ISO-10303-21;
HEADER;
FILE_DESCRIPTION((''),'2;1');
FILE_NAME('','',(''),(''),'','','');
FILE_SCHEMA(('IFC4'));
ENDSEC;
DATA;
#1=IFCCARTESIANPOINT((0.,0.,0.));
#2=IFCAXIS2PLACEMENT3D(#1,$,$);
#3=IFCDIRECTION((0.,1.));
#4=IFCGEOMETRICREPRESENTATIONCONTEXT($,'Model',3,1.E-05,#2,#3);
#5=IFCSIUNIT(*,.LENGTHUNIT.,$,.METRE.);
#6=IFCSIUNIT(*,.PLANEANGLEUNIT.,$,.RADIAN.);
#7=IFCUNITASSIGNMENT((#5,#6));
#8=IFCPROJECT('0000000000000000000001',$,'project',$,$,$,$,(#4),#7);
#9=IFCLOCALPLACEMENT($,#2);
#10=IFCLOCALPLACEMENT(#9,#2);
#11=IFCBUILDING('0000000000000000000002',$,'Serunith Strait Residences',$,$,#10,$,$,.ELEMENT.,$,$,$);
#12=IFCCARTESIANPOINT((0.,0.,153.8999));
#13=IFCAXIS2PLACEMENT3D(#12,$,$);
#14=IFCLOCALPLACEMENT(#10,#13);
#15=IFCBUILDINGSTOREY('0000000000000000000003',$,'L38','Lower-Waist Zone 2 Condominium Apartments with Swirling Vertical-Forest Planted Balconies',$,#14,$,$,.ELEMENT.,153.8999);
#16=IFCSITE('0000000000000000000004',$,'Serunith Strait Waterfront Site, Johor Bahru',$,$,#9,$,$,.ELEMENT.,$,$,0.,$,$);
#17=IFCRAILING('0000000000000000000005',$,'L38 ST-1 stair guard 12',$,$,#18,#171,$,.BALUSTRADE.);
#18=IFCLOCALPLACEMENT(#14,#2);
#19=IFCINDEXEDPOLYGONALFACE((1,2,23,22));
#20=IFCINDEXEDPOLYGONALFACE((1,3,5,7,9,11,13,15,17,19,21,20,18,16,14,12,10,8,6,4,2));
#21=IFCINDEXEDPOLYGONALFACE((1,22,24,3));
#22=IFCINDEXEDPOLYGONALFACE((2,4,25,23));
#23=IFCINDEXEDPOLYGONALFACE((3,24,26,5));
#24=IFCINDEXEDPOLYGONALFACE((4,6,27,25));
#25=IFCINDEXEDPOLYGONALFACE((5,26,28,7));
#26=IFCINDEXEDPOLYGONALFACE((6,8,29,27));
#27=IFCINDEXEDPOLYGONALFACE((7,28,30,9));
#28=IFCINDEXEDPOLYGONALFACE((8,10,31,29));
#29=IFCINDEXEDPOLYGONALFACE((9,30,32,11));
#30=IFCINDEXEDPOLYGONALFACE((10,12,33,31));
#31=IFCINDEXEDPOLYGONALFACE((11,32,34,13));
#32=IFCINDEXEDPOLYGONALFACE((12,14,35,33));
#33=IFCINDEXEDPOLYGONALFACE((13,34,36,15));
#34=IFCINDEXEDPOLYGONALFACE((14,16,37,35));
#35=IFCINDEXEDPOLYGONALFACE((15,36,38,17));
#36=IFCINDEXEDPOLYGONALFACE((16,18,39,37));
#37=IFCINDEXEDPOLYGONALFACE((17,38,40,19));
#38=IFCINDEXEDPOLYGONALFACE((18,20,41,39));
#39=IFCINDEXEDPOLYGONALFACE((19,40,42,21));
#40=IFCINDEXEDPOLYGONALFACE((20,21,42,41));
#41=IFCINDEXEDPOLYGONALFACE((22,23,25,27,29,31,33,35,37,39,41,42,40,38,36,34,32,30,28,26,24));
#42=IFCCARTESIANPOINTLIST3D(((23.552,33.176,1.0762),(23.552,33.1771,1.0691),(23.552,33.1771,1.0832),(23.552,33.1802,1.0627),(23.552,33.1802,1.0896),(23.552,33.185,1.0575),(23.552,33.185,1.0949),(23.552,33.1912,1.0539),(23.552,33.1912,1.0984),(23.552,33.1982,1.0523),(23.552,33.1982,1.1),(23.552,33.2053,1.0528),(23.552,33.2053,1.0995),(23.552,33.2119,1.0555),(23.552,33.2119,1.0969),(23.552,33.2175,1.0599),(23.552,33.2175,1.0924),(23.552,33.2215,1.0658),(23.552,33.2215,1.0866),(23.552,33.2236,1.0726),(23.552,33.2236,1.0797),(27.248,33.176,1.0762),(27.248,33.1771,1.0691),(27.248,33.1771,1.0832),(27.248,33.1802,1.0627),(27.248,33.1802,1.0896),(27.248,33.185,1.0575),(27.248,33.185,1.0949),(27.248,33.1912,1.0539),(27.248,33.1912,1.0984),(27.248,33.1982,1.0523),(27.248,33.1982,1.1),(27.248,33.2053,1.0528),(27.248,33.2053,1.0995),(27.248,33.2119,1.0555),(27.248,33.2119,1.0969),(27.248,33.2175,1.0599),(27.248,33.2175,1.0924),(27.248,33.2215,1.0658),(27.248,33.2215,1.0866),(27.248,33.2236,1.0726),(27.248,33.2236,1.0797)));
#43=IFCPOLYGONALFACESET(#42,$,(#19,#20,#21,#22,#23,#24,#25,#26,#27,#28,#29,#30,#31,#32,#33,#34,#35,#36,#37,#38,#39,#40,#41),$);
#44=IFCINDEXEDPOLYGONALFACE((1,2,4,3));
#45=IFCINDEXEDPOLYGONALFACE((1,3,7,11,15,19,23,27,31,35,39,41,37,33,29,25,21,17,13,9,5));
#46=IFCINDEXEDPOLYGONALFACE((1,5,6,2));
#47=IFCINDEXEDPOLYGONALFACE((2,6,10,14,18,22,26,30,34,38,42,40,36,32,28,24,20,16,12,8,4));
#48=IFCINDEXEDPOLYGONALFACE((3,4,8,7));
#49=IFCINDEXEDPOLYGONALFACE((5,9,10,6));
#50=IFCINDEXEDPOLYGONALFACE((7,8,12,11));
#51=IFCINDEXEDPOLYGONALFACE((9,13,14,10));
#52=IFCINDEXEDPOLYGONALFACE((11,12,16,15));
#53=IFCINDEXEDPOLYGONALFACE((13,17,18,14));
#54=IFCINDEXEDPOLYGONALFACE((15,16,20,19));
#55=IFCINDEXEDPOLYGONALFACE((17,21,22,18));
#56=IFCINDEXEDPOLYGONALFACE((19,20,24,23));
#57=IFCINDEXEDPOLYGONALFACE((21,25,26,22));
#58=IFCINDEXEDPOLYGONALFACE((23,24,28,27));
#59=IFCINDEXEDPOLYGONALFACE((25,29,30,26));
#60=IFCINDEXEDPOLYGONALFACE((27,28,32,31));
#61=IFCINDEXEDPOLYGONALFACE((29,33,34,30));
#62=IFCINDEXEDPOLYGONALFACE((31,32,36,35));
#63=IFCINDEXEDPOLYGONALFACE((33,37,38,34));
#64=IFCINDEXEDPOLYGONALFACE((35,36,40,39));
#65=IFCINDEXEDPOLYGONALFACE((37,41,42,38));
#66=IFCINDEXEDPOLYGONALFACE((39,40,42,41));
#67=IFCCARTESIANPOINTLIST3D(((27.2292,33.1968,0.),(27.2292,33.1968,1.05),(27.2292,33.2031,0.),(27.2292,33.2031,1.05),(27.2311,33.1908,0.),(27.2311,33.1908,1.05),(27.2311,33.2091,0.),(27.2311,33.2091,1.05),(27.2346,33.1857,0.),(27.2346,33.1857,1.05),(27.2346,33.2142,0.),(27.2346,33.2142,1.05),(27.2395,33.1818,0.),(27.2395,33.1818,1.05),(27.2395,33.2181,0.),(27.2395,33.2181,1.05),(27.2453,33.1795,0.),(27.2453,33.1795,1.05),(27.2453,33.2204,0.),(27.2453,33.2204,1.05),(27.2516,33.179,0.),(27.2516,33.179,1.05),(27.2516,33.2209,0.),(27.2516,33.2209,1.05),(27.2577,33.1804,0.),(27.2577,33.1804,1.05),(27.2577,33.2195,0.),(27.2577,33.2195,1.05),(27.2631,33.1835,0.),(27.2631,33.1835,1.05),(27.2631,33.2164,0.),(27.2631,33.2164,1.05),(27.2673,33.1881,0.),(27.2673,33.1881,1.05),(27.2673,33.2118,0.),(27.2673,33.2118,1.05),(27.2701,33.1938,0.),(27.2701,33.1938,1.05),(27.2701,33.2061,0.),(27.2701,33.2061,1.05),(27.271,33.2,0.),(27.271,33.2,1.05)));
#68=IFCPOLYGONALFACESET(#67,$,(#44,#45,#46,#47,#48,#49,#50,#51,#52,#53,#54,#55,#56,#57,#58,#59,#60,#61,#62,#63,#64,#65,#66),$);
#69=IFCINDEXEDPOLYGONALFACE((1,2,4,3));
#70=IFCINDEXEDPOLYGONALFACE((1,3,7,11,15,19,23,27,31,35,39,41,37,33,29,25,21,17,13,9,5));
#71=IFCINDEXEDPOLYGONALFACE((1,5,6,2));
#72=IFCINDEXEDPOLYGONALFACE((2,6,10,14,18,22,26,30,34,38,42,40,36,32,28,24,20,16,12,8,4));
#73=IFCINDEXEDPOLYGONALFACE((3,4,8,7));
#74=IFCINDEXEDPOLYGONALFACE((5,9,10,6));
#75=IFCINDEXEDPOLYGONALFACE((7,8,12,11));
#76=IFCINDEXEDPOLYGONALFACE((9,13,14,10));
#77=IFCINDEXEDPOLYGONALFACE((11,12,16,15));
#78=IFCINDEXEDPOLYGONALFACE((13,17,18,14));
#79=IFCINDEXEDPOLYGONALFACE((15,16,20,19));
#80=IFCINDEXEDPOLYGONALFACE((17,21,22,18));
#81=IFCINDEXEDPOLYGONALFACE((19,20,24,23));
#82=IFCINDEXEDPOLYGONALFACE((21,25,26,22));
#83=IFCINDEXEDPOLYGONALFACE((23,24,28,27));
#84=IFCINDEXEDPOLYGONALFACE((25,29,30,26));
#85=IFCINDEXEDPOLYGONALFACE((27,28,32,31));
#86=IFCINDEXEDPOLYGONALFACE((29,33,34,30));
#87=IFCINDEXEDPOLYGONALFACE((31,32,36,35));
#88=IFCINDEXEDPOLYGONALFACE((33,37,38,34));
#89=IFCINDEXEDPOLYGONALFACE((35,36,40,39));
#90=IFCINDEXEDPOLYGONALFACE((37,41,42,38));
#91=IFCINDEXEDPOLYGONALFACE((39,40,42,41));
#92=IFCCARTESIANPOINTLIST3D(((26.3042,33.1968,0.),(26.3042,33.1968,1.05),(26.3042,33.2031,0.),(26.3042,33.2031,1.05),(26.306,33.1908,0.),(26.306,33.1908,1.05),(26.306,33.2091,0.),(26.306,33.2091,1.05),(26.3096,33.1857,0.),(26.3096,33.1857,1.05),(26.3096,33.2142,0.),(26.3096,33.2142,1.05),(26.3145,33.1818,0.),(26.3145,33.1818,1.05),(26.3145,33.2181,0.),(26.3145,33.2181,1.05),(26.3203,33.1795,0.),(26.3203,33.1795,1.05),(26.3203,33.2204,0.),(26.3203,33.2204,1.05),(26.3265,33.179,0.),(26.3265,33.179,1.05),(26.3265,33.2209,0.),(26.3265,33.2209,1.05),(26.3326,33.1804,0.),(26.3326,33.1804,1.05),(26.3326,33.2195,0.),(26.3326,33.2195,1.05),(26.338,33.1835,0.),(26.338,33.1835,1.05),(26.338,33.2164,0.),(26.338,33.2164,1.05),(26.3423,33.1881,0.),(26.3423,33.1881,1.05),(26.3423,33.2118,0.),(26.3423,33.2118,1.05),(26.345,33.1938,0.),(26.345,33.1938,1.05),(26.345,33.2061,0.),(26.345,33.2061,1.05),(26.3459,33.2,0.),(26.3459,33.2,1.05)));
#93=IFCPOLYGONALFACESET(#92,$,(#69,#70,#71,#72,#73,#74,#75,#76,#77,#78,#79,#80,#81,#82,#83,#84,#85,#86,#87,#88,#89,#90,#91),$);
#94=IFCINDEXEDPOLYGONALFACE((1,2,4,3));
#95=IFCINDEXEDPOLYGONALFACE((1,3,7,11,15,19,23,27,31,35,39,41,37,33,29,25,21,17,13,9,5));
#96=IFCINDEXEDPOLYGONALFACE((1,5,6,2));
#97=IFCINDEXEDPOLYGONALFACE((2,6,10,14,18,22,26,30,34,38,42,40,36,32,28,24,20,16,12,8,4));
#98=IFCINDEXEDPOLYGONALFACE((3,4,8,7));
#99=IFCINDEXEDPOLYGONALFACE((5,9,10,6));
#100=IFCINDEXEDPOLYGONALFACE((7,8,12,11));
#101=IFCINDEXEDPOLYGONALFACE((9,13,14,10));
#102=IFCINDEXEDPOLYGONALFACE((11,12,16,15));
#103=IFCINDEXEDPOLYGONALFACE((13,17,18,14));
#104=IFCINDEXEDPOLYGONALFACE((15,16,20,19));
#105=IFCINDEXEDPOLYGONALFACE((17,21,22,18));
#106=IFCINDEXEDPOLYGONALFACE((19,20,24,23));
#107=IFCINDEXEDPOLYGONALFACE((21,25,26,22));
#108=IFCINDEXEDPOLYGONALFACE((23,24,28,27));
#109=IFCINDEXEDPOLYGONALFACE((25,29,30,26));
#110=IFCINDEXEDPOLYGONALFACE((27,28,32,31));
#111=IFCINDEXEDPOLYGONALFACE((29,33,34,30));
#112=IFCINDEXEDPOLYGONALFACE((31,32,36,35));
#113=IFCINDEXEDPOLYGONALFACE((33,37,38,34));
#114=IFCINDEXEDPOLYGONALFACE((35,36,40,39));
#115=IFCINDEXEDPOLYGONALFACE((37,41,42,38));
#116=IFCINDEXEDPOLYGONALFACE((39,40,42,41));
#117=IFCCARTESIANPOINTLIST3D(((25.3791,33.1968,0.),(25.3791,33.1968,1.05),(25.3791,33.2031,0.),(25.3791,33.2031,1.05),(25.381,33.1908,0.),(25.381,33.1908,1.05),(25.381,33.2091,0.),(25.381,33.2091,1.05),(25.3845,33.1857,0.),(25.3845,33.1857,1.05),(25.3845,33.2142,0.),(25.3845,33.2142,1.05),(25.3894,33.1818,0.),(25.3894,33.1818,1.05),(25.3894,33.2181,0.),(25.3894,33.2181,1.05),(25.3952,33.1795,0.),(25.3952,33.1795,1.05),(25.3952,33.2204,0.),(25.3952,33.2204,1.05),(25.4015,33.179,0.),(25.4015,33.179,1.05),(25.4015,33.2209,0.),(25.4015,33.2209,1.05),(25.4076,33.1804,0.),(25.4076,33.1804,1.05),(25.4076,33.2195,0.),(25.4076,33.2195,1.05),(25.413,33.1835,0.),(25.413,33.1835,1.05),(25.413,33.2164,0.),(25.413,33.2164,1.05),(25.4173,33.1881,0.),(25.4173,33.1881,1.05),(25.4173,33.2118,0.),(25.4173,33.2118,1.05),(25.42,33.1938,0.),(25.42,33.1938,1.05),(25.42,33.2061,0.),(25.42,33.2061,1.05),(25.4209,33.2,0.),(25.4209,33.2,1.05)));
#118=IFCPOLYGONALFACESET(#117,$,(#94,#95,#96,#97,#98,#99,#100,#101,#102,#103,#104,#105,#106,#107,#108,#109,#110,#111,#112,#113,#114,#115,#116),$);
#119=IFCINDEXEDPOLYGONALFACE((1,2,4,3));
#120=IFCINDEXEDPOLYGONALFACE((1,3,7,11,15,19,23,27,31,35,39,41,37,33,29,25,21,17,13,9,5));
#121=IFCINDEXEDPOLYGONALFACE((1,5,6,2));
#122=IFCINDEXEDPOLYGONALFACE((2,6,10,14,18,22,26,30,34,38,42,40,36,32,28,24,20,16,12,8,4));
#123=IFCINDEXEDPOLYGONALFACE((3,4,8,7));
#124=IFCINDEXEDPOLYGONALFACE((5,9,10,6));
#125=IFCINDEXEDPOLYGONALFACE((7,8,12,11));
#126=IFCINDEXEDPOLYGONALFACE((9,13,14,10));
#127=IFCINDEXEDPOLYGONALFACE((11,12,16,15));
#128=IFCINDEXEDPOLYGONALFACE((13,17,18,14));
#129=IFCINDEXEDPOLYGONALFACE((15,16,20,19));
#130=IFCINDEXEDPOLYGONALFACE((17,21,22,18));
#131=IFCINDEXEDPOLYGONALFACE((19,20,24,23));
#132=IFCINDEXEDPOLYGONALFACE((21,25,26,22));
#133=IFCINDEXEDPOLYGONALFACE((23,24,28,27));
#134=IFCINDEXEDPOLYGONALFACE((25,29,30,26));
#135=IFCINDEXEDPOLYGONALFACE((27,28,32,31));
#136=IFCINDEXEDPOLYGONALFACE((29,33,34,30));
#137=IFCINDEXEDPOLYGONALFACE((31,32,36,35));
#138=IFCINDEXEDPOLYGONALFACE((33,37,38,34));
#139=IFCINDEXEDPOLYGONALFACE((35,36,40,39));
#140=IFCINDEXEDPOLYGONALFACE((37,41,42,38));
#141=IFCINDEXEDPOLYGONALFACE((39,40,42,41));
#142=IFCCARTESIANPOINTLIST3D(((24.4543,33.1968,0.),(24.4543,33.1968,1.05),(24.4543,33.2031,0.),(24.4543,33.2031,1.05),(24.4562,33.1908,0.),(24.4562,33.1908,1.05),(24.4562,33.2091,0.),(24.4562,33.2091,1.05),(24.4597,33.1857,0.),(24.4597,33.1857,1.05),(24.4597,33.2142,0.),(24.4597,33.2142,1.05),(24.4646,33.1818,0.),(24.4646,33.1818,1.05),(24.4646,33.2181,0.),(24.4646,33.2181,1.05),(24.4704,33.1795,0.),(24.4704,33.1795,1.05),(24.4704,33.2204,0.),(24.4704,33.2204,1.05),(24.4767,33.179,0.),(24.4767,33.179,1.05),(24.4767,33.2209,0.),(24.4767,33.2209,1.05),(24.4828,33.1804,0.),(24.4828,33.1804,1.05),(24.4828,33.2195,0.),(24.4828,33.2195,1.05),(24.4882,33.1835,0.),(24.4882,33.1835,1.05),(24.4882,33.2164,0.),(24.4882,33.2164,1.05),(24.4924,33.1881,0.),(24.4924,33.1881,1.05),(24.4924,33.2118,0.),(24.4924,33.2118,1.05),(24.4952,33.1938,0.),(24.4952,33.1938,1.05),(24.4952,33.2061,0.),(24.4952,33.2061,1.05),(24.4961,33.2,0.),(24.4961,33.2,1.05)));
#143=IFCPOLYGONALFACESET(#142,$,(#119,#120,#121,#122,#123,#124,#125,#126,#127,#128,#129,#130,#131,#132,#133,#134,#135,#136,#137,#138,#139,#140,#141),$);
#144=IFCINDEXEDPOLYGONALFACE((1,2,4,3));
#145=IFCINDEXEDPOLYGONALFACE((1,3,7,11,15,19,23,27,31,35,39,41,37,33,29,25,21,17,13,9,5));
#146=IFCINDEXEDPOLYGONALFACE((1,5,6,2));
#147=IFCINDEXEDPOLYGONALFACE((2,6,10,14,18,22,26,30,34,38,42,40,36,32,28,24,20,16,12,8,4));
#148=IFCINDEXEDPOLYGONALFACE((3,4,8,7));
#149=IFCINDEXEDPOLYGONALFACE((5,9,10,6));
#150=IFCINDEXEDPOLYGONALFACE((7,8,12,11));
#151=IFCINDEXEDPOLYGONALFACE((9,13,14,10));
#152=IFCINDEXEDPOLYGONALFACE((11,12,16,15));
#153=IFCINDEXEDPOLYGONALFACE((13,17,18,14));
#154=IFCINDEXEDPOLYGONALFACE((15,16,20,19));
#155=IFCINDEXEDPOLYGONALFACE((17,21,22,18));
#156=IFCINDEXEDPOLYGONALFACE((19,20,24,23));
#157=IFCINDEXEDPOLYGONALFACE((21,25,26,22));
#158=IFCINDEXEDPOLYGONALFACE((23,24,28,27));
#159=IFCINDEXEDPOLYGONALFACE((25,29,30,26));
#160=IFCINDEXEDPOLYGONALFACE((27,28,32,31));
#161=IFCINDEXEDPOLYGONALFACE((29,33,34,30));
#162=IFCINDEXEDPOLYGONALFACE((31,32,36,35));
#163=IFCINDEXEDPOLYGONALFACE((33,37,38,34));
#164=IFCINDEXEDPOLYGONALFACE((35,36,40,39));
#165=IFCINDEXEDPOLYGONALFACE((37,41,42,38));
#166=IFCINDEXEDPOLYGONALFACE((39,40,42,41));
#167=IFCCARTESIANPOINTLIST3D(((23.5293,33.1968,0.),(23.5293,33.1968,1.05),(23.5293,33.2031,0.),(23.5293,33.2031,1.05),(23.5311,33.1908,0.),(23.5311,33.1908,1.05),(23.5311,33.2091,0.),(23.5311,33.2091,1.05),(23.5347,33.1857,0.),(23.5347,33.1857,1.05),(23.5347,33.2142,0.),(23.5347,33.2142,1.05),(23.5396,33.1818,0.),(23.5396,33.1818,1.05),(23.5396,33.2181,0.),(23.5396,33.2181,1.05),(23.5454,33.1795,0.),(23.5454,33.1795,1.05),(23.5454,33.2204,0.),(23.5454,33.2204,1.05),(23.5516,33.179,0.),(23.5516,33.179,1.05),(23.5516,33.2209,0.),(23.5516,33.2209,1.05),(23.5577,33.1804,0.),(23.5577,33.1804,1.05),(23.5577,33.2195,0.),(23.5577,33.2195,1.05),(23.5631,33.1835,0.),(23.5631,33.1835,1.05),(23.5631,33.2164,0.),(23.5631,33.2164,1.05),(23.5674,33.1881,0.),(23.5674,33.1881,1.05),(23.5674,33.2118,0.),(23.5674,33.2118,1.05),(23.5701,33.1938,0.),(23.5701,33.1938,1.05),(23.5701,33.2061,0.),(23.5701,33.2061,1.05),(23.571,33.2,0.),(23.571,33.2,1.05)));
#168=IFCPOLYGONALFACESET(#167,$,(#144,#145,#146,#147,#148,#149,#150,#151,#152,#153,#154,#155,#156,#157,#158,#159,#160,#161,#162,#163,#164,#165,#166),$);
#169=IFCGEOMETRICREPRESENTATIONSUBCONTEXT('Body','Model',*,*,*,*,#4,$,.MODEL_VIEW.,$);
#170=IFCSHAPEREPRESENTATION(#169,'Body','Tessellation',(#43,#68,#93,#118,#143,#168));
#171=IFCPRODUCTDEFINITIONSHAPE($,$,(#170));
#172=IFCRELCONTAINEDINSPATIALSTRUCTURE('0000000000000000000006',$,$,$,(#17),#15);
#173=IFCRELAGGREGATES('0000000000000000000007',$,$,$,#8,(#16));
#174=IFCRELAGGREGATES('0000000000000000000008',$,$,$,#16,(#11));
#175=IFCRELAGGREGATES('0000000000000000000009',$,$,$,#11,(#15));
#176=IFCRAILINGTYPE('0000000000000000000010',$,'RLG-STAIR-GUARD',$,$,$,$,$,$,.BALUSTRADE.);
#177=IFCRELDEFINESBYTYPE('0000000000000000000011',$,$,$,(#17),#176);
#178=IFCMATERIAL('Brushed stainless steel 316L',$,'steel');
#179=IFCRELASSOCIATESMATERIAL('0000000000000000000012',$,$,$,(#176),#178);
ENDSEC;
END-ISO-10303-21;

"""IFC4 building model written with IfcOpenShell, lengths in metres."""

from ifc_helpers import new_model, si_unit, direction, frame, origin, origin_2d, place, context, subcontext, project, spatial, circle, extrude, material, type_object, element, save


model = new_model("IFC4")

# Units and contexts
model_context = context("Model", 3, precision=1e-05, world=origin(), true_north=direction((0.0, 1.0)))
body_context = subcontext(model_context, "Body", "Model", "MODEL_VIEW")
ifc_project = project(units=[si_unit("LENGTHUNIT", "METRE"), si_unit("PLANEANGLEUNIT", "RADIAN")], contexts=[model_context])

# Site, building, storey
site_placement = place(None, origin())
site = spatial("IfcSite", under=ifc_project, at=site_placement, Name="Serunith Strait Waterfront Site, Johor Bahru", CompositionType="ELEMENT", RefElevation=0.0)
building_placement = place(site_placement, origin())
building = spatial("IfcBuilding", under=site, at=building_placement, Name="Serunith Strait Residences", CompositionType="ELEMENT")
storey_placement = place(building_placement, frame((0.0, 0.0, 153.8999)))
storey = spatial("IfcBuildingStorey", under=building, at=storey_placement, Name="L38", Description="Lower-Waist Zone 2 Condominium Apartments with Swirling Vertical-Forest Planted Balconies", CompositionType="ELEMENT", Elevation=153.8999)

# Railing
ifc_material_1 = material(Name="Brushed stainless steel 316L", Category="steel")
railing_type_1 = type_object("IfcRailingType", Name="RLG-STAIR-GUARD", PredefinedType="BALUSTRADE", material=ifc_material_1)
railing_1_placement = place(storey_placement, frame((27.25, 33.2, 0.0)))
element("IfcRailing", 1, at=railing_1_placement, inside=storey, type_object=railing_type_1, Name="L38 ST-1 stair guard 12", PredefinedType="BALUSTRADE", context=body_context, shape_type="SweptSolid", body=[
    extrude(circle(Radius=0.0239, at=origin_2d()), frame((-0.002, 0.0, 1.0762), z_axis=(-1.0, 0.0, 0.0), x_axis=(0.0, -1.0, 0.0)), (0.0, 0.0, 1.0), 3.696),
    extrude(circle(Radius=0.021, at=origin_2d()), origin(), (0.0, 0.0, 1.0), 1.05),
    extrude(circle(Radius=0.021, at=origin_2d()), frame((-0.925, 0.0, 0.0)), (0.0, 0.0, 1.0), 1.05),
    extrude(circle(Radius=0.021, at=origin_2d()), frame((-1.8501, 0.0, 0.0)), (0.0, 0.0, 1.0), 1.05),
    extrude(circle(Radius=0.021, at=origin_2d()), frame((-2.7749, 0.0, 0.0)), (0.0, 0.0, 1.0), 1.05),
    extrude(circle(Radius=0.021, at=origin_2d()), frame((-3.7, 0.0, 0.0)), (0.0, 0.0, 1.0), 1.05),
])

save(model, "model.ifc")
